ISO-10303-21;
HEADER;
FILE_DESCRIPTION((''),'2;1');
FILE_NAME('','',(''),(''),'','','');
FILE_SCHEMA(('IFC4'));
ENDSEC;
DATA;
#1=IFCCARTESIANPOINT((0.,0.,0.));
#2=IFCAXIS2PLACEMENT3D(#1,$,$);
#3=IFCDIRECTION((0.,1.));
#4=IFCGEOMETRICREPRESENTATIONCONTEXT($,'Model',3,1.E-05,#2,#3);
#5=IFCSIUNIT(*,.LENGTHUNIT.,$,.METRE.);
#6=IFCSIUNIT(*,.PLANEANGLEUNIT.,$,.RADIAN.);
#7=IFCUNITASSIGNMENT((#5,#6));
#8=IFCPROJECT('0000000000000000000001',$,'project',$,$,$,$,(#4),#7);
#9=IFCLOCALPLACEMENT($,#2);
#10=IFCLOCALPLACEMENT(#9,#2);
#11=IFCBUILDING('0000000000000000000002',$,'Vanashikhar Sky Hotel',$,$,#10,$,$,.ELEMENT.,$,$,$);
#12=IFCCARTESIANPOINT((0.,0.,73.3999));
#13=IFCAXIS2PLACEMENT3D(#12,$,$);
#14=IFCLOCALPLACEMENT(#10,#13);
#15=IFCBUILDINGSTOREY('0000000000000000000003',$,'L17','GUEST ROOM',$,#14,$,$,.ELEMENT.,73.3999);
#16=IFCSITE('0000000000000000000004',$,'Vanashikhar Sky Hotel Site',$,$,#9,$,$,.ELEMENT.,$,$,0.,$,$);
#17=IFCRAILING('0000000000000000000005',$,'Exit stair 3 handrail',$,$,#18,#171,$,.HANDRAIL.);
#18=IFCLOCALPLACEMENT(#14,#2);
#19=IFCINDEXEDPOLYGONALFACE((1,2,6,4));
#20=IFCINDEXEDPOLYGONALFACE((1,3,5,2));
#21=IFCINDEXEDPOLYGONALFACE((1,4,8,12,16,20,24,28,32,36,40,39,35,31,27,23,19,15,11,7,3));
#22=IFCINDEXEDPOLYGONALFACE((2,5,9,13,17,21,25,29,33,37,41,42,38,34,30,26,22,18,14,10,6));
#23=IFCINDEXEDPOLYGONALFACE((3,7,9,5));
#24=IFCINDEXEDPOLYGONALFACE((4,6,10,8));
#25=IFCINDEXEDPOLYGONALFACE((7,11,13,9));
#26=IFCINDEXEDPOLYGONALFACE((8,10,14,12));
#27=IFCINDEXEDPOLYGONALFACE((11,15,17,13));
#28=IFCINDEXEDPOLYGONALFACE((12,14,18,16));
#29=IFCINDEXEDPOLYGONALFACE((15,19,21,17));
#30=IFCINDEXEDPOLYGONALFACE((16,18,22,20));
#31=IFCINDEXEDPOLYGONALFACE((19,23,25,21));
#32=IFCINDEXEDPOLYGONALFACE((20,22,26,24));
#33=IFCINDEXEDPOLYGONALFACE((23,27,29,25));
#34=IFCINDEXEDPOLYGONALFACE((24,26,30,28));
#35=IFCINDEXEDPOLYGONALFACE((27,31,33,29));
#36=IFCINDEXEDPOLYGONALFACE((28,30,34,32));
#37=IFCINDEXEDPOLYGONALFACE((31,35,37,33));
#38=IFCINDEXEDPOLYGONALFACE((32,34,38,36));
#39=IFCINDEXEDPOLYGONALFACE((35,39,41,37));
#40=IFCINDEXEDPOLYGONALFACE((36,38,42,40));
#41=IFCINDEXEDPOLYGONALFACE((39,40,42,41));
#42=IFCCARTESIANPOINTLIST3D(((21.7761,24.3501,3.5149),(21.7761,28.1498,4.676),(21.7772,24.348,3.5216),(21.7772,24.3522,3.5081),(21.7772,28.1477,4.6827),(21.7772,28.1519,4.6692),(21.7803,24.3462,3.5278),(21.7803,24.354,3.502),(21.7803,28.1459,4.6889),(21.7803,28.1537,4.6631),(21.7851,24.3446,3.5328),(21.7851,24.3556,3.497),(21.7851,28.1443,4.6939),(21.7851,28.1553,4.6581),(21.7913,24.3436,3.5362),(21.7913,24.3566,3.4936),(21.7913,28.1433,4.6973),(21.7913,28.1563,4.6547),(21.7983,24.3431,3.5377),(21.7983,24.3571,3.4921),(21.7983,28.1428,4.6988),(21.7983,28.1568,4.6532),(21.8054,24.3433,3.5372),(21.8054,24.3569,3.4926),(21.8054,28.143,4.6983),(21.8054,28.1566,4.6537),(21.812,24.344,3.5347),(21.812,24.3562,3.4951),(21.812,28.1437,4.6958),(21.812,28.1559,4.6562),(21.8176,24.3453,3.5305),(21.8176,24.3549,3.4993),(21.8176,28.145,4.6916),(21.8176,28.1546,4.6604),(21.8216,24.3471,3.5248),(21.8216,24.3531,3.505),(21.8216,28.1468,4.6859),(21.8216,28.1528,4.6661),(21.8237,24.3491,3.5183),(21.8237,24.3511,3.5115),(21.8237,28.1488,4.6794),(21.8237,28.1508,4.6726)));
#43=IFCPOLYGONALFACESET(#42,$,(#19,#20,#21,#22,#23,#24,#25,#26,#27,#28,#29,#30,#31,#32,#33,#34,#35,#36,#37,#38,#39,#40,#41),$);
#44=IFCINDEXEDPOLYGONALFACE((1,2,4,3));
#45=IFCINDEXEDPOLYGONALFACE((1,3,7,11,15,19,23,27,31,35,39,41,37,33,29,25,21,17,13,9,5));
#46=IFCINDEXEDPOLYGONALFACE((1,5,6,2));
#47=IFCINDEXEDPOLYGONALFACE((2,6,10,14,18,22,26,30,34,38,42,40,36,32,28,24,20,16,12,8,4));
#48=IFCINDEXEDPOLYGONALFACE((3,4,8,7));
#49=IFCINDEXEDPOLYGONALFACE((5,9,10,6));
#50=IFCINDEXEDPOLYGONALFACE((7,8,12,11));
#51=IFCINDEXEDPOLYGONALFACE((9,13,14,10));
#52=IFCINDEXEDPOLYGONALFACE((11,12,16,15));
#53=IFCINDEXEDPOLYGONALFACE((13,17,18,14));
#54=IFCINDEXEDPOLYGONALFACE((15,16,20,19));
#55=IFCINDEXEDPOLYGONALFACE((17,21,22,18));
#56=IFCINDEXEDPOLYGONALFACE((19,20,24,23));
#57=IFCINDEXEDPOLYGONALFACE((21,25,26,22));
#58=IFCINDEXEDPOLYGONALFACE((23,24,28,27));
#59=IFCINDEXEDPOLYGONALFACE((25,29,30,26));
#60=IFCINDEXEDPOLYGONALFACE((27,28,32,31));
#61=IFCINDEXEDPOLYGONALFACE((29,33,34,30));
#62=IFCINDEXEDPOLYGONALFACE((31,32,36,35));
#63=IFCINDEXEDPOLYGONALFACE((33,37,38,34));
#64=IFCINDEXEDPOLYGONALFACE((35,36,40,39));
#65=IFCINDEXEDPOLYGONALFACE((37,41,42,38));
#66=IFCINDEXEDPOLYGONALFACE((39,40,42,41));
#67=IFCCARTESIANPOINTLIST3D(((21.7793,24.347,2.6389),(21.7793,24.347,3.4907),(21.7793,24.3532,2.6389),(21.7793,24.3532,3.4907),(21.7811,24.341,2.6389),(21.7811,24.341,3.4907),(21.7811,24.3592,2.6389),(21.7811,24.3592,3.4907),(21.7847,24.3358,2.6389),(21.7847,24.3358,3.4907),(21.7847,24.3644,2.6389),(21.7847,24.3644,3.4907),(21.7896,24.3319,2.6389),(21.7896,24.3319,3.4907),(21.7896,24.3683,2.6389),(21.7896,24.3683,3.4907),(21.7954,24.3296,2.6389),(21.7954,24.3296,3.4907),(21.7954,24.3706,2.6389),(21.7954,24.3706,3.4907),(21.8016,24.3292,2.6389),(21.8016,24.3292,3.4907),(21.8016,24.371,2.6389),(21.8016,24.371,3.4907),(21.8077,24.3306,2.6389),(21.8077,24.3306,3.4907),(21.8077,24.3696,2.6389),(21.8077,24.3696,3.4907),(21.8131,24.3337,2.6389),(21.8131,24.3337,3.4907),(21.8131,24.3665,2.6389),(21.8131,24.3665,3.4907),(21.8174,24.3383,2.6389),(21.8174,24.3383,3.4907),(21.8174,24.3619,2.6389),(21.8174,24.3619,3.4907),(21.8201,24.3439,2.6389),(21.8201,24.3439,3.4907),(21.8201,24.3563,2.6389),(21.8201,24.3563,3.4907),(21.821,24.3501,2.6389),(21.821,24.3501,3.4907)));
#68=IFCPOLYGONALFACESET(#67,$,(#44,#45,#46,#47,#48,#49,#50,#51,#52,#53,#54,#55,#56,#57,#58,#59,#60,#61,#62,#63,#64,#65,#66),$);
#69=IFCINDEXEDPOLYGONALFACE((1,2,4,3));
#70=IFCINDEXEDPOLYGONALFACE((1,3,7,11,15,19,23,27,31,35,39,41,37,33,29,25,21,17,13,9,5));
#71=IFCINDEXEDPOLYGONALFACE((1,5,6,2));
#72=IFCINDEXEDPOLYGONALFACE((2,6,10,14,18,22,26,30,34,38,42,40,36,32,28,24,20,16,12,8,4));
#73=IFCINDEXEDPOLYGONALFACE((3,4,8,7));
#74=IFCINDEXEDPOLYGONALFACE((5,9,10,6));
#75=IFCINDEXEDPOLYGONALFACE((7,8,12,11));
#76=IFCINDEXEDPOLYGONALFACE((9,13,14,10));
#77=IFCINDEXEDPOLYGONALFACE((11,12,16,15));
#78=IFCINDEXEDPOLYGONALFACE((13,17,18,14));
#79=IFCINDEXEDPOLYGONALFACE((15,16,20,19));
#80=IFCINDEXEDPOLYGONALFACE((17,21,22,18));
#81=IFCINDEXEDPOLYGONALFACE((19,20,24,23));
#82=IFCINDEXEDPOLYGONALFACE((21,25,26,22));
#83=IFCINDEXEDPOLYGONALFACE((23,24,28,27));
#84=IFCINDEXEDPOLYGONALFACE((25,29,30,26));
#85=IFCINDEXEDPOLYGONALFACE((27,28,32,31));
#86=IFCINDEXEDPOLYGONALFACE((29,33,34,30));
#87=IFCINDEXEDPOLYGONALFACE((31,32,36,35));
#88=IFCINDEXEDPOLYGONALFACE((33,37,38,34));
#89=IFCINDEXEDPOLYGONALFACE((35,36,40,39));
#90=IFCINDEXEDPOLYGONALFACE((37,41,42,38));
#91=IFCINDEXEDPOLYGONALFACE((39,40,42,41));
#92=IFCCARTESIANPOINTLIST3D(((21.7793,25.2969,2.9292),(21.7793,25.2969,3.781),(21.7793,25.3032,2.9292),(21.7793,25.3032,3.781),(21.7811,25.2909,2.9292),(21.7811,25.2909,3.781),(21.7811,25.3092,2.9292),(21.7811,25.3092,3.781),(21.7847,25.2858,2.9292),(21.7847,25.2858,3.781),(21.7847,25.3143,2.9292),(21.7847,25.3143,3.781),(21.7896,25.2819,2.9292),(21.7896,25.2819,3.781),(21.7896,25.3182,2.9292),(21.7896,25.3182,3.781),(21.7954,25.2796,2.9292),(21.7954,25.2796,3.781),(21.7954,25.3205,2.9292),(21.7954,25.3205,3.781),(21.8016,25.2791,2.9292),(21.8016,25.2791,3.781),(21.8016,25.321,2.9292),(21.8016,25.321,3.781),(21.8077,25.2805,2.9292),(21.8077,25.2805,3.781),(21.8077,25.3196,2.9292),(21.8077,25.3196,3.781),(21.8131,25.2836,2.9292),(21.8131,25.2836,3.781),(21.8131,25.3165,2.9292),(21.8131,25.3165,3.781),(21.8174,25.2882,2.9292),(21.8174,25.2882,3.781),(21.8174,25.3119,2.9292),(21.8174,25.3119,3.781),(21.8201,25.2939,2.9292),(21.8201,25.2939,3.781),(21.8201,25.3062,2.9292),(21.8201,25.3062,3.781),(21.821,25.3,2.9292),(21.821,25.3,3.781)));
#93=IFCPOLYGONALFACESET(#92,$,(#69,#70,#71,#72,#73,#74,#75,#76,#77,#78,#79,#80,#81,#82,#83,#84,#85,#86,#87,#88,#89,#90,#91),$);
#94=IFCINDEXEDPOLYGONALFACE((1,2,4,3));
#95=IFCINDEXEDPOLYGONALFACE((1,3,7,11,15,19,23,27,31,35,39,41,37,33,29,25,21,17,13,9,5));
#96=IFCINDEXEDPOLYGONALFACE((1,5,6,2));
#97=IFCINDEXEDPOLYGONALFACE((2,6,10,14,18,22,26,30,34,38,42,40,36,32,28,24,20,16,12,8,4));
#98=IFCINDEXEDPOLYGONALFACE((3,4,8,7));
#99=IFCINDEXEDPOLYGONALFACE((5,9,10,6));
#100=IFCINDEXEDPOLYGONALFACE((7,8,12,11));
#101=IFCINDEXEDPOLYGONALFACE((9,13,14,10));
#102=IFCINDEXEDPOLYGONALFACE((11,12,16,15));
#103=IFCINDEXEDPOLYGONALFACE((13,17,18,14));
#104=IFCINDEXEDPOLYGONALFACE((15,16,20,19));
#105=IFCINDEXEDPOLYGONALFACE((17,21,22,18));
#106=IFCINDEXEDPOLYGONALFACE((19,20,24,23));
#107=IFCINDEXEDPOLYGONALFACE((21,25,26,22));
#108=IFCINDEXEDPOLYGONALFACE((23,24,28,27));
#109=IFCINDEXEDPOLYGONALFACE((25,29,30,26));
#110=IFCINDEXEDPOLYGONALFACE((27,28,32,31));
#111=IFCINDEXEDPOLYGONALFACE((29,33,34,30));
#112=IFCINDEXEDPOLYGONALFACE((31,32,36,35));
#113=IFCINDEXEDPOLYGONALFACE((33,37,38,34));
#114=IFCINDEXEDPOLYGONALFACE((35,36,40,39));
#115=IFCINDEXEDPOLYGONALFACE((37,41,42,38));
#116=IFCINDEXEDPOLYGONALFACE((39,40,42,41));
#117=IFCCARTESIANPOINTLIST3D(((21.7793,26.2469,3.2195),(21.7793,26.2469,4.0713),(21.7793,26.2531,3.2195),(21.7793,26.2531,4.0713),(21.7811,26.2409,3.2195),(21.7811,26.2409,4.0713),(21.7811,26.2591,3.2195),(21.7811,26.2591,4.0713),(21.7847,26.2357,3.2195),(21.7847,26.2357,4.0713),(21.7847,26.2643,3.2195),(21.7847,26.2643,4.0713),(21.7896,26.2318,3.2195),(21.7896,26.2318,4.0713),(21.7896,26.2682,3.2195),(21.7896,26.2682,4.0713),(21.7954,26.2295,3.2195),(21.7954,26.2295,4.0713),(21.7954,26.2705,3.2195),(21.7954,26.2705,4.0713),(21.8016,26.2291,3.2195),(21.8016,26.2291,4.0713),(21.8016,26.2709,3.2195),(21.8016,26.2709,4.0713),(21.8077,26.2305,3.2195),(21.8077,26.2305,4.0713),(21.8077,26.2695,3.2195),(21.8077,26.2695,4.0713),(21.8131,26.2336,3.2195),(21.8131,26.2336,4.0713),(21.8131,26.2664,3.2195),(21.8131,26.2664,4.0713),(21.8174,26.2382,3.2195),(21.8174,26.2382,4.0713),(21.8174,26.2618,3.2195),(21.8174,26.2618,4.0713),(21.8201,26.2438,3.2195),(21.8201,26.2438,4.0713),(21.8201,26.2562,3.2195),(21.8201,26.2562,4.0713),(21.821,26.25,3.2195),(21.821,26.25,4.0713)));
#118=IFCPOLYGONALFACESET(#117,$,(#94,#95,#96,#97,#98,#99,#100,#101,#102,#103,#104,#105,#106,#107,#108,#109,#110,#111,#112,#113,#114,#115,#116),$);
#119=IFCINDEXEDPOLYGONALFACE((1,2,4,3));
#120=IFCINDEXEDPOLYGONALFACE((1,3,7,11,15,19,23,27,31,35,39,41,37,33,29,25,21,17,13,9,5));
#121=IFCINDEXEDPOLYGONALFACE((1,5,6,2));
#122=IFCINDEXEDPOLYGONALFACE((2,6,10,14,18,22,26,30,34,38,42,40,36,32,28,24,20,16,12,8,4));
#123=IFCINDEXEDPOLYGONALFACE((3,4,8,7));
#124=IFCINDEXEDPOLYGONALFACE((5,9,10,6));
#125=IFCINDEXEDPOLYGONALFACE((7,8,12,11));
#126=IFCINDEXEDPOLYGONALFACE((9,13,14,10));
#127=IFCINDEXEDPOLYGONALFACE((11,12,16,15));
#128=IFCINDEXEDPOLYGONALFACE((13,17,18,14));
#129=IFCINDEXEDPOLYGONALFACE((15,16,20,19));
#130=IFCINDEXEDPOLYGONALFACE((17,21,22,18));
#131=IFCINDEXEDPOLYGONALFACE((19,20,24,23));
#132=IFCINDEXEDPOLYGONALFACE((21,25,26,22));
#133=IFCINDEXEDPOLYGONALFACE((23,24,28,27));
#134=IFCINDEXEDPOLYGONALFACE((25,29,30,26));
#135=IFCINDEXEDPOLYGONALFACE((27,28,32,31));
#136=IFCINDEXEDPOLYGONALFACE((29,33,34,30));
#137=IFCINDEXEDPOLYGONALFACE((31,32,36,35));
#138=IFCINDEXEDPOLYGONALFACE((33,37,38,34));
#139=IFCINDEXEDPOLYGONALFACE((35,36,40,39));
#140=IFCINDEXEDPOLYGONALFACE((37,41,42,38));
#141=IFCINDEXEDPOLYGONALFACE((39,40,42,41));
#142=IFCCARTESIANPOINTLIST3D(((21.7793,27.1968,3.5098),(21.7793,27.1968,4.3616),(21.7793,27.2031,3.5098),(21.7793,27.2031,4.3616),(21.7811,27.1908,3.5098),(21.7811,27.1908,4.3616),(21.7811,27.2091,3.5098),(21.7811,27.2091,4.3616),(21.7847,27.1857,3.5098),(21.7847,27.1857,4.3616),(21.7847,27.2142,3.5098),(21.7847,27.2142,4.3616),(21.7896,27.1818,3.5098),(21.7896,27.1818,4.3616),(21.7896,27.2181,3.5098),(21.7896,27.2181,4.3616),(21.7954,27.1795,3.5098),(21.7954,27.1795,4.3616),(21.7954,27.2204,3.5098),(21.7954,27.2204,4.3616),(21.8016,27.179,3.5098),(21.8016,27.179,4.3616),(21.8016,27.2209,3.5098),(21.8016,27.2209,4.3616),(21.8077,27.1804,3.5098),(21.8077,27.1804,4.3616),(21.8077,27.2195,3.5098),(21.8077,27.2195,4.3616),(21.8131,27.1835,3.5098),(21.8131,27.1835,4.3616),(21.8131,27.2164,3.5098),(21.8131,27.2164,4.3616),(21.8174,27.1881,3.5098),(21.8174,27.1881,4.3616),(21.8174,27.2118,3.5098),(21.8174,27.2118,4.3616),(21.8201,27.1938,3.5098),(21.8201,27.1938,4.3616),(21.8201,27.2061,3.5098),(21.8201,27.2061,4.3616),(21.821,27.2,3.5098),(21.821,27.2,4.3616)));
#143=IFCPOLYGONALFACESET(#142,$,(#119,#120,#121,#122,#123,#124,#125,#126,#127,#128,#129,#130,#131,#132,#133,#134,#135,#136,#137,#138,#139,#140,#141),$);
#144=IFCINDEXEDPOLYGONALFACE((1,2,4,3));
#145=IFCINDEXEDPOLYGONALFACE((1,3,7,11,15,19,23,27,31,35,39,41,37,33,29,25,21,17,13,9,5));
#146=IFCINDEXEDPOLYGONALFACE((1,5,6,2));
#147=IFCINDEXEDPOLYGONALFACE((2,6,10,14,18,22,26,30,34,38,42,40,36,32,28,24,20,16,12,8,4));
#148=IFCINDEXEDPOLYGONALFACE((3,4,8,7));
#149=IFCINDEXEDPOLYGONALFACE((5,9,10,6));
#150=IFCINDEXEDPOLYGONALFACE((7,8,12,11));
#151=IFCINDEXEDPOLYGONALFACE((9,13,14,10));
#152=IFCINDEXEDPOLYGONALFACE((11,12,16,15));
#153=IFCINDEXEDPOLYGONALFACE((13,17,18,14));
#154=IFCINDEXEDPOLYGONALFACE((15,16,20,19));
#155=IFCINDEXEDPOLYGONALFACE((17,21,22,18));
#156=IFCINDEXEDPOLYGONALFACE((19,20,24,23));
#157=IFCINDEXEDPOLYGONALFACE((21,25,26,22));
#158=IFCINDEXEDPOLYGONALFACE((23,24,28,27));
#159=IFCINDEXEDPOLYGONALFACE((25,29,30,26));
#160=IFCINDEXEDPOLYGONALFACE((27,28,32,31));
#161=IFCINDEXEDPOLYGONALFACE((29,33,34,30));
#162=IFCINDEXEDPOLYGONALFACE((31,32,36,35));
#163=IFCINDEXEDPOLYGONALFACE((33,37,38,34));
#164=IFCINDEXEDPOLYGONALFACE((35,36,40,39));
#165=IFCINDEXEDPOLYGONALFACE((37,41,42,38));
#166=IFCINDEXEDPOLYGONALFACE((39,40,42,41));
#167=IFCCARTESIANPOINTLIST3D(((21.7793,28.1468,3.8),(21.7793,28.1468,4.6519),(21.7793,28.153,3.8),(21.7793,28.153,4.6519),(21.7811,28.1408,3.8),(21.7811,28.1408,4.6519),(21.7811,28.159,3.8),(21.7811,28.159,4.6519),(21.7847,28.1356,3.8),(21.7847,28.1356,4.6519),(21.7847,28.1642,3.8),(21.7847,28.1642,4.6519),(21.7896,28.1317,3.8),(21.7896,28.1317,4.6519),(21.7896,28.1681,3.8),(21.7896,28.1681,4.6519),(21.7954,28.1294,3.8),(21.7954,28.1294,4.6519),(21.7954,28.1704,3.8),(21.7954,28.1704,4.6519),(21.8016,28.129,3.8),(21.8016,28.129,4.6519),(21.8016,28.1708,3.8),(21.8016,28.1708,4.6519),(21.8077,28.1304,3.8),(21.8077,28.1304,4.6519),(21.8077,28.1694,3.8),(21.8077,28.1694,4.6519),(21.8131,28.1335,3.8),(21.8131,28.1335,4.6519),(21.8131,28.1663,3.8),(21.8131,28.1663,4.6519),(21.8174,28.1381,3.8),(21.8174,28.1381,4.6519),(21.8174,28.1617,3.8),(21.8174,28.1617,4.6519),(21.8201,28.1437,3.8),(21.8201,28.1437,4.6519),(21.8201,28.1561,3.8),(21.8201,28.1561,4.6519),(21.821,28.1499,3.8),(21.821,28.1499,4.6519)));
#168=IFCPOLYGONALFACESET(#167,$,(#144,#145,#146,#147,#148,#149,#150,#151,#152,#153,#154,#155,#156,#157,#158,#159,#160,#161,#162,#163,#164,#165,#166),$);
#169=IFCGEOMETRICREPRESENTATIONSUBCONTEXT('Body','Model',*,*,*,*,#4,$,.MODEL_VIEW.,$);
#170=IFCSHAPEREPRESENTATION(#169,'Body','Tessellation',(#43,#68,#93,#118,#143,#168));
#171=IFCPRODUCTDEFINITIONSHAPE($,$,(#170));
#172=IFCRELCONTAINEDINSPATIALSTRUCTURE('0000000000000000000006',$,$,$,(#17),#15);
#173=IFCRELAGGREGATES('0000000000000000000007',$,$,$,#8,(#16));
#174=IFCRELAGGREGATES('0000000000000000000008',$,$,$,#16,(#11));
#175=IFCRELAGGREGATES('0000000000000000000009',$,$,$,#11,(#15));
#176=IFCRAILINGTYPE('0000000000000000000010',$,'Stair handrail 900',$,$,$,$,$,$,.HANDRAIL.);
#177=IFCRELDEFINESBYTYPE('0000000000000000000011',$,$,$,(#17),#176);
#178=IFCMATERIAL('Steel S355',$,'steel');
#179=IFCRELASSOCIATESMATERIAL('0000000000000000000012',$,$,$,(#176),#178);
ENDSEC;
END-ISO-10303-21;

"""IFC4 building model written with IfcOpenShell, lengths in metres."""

from ifc_helpers import new_model, si_unit, direction, frame, origin, origin_2d, place, context, subcontext, project, spatial, circle, extrude, source, transform, mapped, material, type_object, element, save


model = new_model("IFC4")

# Units and contexts
model_context = context("Model", 3, precision=1e-05, world=origin(), true_north=direction((0.0, 1.0)))
body_context = subcontext(model_context, "Body", "Model", "MODEL_VIEW")
ifc_project = project(units=[si_unit("LENGTHUNIT", "METRE"), si_unit("PLANEANGLEUNIT", "RADIAN")], contexts=[model_context])

# Site, building, storey
site_placement = place(None, origin())
site = spatial("IfcSite", under=ifc_project, at=site_placement, Name="Vanashikhar Sky Hotel Site", CompositionType="ELEMENT", RefElevation=0.0)
building_placement = place(site_placement, origin())
building = spatial("IfcBuilding", under=site, at=building_placement, Name="Vanashikhar Sky Hotel", CompositionType="ELEMENT")
storey_placement = place(building_placement, frame((0.0, 0.0, 73.3999)))
storey = spatial("IfcBuildingStorey", under=building, at=storey_placement, Name="L17", Description="GUEST ROOM", CompositionType="ELEMENT", Elevation=73.3999)

# Railing
ifc_material_1 = material(Name="Steel S355", Category="steel")
railing_type_1 = type_object("IfcRailingType", Name="Stair handrail 900", PredefinedType="HANDRAIL", material=ifc_material_1)
shared_shape_1 = source(origin(), body_context, "Body", "SweptSolid", [
    extrude(circle(Radius=0.0239, at=origin_2d()), frame((0.0, 0.0, 0.876), z_axis=(0.0, 0.956346, 0.292237), x_axis=(-1.0, 0.0, 0.0)), (0.0, 0.0, 1.0), 3.9731),
    extrude(circle(Radius=0.021, at=origin_2d()), origin(), (0.0, 0.0, 1.0), 0.8518),
    extrude(circle(Radius=0.021, at=origin_2d()), frame((0.0, 0.95, 0.2903)), (0.0, 0.0, 1.0), 0.8518),
    extrude(circle(Radius=0.021, at=origin_2d()), frame((0.0, 1.8999, 0.5806)), (0.0, 0.0, 1.0), 0.8518),
    extrude(circle(Radius=0.021, at=origin_2d()), frame((0.0, 2.8499, 0.8708)), (0.0, 0.0, 1.0), 0.8518),
    extrude(circle(Radius=0.021, at=origin_2d()), frame((0.0, 3.7998, 1.1611)), (0.0, 0.0, 1.0), 0.8518),
])
railing_1_placement = place(storey_placement, frame((21.8, 24.3501, 2.6389)))
element("IfcRailing", 1, at=railing_1_placement, inside=storey, type_object=railing_type_1, Name="Exit stair 3 handrail", PredefinedType="HANDRAIL", context=body_context, shape_type="MappedRepresentation", body=[
    mapped(shared_shape_1, transform((0.0, 0.0, 0.0), scale=1.0)),
])

save(model, "model.ifc")
